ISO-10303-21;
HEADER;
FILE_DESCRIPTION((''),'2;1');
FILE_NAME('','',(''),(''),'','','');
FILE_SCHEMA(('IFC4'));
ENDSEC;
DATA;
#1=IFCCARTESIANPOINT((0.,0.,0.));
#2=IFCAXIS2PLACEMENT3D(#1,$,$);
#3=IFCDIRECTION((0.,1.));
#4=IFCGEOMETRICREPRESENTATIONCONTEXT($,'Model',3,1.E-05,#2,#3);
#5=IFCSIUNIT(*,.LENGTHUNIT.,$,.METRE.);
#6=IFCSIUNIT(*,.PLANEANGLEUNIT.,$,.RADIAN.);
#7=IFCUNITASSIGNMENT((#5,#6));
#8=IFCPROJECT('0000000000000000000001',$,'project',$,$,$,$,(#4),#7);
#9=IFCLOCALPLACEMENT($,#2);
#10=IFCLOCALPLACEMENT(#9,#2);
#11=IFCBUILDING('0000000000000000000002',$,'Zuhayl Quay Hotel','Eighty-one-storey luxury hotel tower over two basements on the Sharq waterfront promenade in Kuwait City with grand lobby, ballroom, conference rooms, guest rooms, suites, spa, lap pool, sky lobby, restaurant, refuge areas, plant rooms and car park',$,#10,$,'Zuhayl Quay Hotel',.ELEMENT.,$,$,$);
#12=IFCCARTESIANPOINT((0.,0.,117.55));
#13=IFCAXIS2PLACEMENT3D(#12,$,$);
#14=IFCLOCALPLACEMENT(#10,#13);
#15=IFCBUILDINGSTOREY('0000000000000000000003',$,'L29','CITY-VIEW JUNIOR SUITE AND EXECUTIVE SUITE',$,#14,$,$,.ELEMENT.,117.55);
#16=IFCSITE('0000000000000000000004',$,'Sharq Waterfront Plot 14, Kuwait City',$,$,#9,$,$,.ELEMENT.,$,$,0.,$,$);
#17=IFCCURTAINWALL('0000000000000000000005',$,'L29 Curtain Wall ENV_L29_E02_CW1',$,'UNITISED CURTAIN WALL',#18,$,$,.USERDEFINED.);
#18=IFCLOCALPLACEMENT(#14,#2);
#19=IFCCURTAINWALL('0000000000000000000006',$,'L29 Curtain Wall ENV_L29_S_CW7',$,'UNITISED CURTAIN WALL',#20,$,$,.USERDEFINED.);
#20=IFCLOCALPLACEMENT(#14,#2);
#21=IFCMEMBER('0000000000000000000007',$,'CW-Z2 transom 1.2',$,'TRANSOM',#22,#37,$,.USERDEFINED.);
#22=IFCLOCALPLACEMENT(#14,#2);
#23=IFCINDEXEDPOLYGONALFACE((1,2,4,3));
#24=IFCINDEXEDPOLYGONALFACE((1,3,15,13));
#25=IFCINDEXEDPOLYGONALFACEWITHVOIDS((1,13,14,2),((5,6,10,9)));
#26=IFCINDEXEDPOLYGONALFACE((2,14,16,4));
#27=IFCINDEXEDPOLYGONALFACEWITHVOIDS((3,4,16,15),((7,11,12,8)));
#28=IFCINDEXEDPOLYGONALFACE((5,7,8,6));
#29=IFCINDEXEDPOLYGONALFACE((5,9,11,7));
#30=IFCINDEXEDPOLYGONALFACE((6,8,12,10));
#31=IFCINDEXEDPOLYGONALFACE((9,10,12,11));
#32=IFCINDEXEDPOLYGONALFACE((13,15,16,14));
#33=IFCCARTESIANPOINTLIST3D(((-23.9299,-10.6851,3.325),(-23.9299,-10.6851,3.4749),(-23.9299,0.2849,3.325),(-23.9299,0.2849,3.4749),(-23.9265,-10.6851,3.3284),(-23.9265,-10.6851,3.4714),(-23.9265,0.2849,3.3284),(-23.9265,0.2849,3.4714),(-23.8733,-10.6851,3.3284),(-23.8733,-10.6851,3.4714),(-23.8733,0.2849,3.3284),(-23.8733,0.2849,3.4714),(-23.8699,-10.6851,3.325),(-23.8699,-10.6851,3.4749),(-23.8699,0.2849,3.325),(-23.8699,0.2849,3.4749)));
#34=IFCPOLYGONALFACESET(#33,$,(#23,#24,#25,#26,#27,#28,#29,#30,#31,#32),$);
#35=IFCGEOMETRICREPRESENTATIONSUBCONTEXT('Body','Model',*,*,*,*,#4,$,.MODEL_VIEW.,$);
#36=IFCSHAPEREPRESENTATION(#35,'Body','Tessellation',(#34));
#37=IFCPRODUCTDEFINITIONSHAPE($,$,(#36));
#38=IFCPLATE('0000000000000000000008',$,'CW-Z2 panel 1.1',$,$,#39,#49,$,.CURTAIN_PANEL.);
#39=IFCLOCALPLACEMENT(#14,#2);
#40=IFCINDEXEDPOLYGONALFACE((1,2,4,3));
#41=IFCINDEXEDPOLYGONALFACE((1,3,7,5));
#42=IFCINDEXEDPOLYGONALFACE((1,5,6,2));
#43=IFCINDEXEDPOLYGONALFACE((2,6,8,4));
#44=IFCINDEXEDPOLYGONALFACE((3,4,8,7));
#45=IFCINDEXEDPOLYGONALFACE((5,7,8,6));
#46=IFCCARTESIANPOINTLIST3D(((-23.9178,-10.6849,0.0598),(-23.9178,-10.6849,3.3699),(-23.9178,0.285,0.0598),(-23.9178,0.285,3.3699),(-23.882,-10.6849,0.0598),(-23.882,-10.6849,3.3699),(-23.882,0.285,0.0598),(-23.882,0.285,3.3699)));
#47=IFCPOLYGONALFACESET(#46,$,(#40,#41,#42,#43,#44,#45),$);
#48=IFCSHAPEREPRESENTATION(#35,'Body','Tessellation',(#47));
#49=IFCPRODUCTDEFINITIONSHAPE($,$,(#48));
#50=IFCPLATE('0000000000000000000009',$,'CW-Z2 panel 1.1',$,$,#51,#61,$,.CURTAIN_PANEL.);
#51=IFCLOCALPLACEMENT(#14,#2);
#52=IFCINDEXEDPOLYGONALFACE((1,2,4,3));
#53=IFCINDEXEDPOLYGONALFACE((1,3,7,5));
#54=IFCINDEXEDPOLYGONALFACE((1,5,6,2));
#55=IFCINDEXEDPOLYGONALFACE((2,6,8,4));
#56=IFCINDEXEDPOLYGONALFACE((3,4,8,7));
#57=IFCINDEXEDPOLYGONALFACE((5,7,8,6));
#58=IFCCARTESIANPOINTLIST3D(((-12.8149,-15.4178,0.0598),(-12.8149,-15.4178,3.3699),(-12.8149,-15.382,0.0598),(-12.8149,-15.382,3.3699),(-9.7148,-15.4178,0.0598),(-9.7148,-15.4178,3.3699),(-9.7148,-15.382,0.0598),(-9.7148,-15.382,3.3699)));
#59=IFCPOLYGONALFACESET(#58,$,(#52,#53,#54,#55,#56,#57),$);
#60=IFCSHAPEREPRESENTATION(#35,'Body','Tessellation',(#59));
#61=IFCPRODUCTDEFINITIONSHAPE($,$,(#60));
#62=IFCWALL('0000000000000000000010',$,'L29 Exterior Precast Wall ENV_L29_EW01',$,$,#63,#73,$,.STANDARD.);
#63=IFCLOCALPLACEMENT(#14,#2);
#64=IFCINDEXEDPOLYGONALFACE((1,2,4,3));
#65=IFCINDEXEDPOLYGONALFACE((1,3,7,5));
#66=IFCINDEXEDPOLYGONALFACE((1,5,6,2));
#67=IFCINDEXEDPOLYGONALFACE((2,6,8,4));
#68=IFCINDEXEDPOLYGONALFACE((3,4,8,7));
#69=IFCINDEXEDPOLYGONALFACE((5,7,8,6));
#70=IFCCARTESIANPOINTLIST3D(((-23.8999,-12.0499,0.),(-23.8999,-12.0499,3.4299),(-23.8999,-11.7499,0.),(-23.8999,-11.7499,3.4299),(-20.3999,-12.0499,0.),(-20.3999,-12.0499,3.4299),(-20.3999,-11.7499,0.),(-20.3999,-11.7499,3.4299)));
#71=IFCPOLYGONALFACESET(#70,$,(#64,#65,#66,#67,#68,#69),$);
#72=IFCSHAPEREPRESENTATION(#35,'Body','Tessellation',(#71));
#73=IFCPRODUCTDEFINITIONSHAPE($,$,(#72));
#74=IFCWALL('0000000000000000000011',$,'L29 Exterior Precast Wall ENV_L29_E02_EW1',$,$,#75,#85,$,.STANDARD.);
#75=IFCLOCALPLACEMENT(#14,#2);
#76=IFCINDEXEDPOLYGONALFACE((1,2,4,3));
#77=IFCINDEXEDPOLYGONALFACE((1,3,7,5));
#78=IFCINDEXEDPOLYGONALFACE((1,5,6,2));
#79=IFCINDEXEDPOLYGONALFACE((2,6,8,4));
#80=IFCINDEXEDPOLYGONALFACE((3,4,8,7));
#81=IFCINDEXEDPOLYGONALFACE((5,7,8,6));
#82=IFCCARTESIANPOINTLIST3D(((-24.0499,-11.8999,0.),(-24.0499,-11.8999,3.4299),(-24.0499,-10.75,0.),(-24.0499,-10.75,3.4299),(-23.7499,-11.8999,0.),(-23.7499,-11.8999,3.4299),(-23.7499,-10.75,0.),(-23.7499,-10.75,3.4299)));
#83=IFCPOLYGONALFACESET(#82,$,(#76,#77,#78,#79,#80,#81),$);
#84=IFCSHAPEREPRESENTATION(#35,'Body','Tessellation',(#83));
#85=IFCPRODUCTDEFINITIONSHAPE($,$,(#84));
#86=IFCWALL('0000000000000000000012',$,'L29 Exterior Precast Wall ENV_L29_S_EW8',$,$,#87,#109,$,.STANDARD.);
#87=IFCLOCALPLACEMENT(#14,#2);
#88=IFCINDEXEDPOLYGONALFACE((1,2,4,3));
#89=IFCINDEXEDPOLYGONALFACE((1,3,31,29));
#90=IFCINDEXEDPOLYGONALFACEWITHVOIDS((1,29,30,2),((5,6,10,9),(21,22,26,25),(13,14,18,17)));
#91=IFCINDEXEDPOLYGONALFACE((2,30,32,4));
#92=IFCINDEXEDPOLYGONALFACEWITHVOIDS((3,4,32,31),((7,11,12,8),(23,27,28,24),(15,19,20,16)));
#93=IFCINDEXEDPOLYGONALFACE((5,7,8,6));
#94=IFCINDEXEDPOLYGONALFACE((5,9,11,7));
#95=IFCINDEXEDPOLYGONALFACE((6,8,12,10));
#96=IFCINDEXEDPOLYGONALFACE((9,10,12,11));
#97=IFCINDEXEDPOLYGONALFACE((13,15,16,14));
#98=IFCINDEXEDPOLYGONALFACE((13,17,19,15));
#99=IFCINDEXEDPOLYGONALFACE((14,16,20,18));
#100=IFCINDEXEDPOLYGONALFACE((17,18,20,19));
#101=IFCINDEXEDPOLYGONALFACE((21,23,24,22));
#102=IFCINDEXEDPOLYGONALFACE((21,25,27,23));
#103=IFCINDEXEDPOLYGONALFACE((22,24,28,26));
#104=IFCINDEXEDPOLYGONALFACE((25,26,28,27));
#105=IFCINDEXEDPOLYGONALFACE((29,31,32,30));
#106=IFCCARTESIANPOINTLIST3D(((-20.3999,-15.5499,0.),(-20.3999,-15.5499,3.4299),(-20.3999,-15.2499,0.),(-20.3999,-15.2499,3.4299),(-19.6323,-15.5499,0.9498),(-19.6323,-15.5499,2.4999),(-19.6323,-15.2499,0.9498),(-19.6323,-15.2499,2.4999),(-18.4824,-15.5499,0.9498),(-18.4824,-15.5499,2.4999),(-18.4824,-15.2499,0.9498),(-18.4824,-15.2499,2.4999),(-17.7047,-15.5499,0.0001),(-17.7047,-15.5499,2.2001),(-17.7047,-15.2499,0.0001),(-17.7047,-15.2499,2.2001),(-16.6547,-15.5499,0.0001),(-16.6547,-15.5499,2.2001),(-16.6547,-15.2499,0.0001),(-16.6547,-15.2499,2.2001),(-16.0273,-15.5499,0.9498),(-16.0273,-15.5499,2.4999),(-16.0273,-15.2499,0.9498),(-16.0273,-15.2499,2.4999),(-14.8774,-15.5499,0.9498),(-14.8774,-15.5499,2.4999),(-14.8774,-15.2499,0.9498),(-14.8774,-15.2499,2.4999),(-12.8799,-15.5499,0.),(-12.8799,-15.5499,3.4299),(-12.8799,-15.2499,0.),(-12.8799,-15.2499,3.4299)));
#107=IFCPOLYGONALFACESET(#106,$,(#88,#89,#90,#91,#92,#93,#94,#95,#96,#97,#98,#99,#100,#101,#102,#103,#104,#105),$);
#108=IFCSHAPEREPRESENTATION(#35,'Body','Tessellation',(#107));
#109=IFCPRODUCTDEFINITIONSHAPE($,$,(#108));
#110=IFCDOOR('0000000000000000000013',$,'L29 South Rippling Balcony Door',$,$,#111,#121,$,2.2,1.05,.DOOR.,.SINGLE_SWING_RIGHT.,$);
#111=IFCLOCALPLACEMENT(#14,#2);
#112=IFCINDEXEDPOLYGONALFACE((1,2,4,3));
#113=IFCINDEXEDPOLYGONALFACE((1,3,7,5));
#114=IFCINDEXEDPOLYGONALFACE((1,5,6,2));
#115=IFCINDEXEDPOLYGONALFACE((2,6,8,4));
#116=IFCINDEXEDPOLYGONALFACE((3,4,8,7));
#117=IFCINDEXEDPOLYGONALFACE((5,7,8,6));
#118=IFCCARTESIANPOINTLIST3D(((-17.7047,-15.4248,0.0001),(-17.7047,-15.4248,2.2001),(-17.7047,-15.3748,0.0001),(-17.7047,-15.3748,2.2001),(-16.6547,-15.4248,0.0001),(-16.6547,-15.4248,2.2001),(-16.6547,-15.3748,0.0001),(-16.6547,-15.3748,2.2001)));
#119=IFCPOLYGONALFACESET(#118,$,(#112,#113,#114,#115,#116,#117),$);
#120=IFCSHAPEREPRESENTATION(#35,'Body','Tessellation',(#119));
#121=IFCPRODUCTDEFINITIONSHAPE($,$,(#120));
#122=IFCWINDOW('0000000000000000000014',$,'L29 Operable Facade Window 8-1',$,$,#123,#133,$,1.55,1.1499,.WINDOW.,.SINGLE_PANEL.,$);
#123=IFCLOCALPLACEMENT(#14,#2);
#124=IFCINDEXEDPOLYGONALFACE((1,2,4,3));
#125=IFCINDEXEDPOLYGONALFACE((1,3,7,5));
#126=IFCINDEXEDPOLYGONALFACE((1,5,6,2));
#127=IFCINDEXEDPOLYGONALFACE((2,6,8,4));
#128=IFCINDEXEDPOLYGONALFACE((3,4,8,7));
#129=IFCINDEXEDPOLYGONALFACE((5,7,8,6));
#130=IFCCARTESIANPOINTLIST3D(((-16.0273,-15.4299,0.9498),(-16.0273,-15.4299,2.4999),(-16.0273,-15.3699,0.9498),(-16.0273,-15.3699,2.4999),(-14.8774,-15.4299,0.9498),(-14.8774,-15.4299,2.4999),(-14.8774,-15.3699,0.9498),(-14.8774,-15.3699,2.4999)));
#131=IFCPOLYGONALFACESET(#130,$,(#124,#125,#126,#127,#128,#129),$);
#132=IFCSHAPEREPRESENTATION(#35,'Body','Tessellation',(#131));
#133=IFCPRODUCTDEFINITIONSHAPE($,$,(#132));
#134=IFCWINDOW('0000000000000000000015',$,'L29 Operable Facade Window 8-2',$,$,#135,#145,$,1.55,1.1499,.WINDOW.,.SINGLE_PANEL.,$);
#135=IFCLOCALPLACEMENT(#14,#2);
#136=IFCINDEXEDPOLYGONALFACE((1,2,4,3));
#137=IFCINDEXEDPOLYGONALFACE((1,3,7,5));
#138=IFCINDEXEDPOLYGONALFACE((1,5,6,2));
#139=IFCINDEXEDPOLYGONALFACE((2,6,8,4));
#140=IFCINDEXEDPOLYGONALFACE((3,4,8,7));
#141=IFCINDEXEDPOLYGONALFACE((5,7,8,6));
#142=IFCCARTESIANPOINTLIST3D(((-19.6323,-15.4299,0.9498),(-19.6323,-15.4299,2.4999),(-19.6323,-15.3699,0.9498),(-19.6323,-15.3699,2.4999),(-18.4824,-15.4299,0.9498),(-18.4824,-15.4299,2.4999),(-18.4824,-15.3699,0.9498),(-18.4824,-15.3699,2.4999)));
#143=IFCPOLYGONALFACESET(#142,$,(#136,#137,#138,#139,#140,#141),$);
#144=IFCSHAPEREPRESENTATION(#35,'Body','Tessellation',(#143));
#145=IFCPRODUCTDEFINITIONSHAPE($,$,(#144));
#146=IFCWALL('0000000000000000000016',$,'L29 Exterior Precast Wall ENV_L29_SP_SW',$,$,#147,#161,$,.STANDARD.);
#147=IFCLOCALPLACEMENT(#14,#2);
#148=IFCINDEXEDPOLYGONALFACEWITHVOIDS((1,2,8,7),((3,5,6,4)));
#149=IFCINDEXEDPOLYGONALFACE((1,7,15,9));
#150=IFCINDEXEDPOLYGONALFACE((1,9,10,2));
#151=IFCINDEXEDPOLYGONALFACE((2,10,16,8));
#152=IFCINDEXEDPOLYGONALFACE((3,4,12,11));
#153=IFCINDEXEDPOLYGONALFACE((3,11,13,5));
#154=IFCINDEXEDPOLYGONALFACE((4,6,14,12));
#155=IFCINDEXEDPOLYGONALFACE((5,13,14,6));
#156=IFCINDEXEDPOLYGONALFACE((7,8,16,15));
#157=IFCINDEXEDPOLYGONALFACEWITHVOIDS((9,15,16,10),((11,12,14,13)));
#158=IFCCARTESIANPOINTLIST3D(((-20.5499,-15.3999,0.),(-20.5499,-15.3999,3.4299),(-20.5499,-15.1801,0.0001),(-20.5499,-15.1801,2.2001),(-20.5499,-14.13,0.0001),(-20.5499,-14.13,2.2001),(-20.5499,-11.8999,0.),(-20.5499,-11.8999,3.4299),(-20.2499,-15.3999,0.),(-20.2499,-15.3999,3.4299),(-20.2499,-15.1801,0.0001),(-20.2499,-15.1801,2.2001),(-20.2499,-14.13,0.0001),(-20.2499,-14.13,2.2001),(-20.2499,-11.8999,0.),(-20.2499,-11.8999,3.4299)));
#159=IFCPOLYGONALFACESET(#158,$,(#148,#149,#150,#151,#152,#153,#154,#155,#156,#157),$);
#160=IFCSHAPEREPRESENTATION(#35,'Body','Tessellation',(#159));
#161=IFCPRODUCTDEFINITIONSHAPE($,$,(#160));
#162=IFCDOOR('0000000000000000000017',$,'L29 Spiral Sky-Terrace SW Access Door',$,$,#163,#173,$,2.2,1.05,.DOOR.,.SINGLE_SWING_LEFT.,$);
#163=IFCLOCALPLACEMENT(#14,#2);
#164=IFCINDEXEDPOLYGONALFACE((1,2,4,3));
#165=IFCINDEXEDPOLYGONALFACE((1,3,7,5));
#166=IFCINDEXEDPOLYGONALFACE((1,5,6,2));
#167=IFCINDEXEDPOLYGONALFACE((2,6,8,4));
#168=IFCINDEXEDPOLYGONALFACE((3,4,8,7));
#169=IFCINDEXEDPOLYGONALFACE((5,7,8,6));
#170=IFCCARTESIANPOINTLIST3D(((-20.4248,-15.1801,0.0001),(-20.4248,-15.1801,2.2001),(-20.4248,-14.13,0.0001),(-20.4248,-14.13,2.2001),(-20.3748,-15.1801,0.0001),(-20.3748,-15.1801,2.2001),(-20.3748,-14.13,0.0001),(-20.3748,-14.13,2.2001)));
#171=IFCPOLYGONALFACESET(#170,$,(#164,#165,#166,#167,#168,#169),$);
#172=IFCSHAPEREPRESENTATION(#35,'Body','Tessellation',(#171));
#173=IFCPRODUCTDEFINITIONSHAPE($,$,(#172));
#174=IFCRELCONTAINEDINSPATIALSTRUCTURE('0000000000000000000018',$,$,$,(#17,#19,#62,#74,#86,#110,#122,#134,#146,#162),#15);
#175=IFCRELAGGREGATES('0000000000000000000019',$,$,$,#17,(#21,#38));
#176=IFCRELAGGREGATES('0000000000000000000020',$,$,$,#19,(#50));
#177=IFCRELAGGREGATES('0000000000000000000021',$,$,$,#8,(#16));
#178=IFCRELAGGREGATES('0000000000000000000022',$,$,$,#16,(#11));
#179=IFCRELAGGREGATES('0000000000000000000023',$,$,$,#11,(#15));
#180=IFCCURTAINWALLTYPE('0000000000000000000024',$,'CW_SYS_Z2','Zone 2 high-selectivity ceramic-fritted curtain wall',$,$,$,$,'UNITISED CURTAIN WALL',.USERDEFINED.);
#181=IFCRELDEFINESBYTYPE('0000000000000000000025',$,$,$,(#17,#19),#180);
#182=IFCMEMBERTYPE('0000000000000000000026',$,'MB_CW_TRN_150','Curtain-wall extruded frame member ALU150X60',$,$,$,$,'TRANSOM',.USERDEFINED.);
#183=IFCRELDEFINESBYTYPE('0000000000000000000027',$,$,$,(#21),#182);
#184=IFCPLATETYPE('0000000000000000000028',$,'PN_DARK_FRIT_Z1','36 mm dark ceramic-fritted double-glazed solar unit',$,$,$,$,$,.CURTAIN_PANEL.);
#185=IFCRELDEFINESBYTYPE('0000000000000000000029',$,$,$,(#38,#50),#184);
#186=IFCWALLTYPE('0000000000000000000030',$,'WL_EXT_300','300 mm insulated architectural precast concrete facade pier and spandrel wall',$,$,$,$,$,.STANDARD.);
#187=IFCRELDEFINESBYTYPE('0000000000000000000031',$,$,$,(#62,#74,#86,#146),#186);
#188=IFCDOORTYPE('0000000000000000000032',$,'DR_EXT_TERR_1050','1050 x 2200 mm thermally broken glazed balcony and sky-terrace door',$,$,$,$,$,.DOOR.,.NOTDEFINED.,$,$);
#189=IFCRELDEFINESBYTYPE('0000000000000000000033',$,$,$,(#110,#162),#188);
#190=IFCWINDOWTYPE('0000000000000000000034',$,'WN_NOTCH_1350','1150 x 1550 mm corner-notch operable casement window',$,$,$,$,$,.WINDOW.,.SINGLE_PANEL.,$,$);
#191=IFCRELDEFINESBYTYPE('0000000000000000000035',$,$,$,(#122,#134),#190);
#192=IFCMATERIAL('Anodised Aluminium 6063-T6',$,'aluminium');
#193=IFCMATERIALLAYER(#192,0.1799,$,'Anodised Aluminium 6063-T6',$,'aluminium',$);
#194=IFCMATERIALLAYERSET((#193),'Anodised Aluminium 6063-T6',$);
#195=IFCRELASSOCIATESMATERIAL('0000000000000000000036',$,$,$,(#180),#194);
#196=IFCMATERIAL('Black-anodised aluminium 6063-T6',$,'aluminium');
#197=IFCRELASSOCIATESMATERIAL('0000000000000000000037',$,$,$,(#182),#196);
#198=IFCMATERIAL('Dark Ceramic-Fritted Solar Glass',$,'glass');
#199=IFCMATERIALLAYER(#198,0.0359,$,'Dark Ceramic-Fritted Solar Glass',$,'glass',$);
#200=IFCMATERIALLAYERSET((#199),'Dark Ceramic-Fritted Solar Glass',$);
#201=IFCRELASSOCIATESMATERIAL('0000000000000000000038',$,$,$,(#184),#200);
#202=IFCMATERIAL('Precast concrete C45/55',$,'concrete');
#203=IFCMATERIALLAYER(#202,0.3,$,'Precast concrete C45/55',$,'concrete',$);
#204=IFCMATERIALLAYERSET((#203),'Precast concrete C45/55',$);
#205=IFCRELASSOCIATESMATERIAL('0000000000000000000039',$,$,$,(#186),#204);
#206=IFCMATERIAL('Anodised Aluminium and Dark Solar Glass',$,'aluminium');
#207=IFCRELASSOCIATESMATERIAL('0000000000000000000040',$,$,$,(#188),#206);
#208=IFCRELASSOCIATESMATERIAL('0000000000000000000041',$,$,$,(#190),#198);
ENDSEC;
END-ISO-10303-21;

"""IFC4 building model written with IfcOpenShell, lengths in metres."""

from ifc_helpers import new_model, si_unit, direction, frame, frame_2d, origin, origin_2d, place, context, subcontext, project, spatial, rectangle, hollow_rectangle, extrude, material, layer, layer_set, material_profile, profile_set, type_object, element, fill, aggregate, save


model = new_model("IFC4")

# Units and contexts
model_context = context("Model", 3, precision=1e-05, world=origin(), true_north=direction((0.0, 1.0)))
body_context = subcontext(model_context, "Body", "Model", "MODEL_VIEW")
ifc_project = project(units=[si_unit("LENGTHUNIT", "METRE"), si_unit("PLANEANGLEUNIT", "RADIAN")], contexts=[model_context])

# Site, building, storey
site_placement = place(None, origin())
site = spatial("IfcSite", under=ifc_project, at=site_placement, Name="Sharq Waterfront Plot 14, Kuwait City", CompositionType="ELEMENT", RefElevation=0.0)
building_placement = place(site_placement, origin())
building = spatial("IfcBuilding", under=site, at=building_placement, Name="Zuhayl Quay Hotel", Description="Eighty-one-storey luxury hotel tower over two basements on the Sharq waterfront promenade in Kuwait City with grand lobby, ballroom, conference rooms, guest rooms, suites, spa, lap pool, sky lobby, restaurant, refuge areas, plant rooms and car park", LongName="Zuhayl Quay Hotel", CompositionType="ELEMENT")
storey_placement = place(building_placement, frame((0.0, 0.0, 117.55)))
storey = spatial("IfcBuildingStorey", under=building, at=storey_placement, Name="L29", Description="CITY-VIEW JUNIOR SUITE AND EXECUTIVE SUITE", CompositionType="ELEMENT", Elevation=117.55)

# Curtain walls
ifc_material_1 = material(Name="Anodised Aluminium 6063-T6", Category="aluminium")
ifc_layer_1 = layer(ifc_material_1, 0.1799, Name="Anodised Aluminium 6063-T6", Category="aluminium")
ifc_layer_set_1 = layer_set([ifc_layer_1], Name="Anodised Aluminium 6063-T6")
curtain_wall_type = type_object("IfcCurtainWallType", Name="CW_SYS_Z2", Description="Zone 2 high-selectivity ceramic-fritted curtain wall", ElementType="UNITISED CURTAIN WALL", PredefinedType="USERDEFINED", material=ifc_layer_set_1)
curtain_wall_1_placement = place(storey_placement, origin())
curtain_wall_1 = element("IfcCurtainWall", 1, at=curtain_wall_1_placement, inside=storey, type_object=curtain_wall_type, Name="L29 Curtain Wall ENV_L29_E02_CW1", ObjectType="UNITISED CURTAIN WALL", PredefinedType="USERDEFINED")
ifc_material_2 = material(Name="Black-anodised aluminium 6063-T6", Category="aluminium")
curtain_wall_2_placement = place(storey_placement, origin())
curtain_wall_2 = element("IfcCurtainWall", 2, at=curtain_wall_2_placement, inside=storey, type_object=curtain_wall_type, Name="L29 Curtain Wall ENV_L29_S_CW7", ObjectType="UNITISED CURTAIN WALL", PredefinedType="USERDEFINED")

# Member
ifc_material_profile_1 = material_profile(ifc_material_2, hollow_rectangle(XDim=0.0601, YDim=0.1499, WallThickness=0.0034, at=origin_2d()), Name="ALU150X60")
ifc_profile_set_1 = profile_set([ifc_material_profile_1], Name="Black-anodised aluminium 6063-T6")
member_type_1 = type_object("IfcMemberType", Name="MB_CW_TRN_150", Description="Curtain-wall extruded frame member ALU150X60", ElementType="TRANSOM", PredefinedType="USERDEFINED", material=ifc_profile_set_1)
member_1_placement = place(storey_placement, frame((-23.8999, -10.6851, 3.3999), z_axis=(0.0, 1.0, 0.0), x_axis=(-1.0, 0.0, 0.0)))
member_1 = element("IfcMember", 3, at=member_1_placement, type_object=member_type_1, Name="CW-Z2 transom 1.2", ObjectType="TRANSOM", PredefinedType="USERDEFINED", context=body_context, shape_type="SweptSolid", body=[
    extrude(hollow_rectangle(XDim=0.0601, YDim=0.1499, WallThickness=0.0034, at=origin_2d()), origin(), (0.0, 0.0, 1.0), 10.97),
])

# Plates
ifc_material_3 = material(Name="Dark Ceramic-Fritted Solar Glass", Category="glass")
ifc_layer_2 = layer(ifc_material_3, 0.0359, Name="Dark Ceramic-Fritted Solar Glass", Category="glass")
ifc_layer_set_2 = layer_set([ifc_layer_2], Name="Dark Ceramic-Fritted Solar Glass")
plate_type = type_object("IfcPlateType", Name="PN_DARK_FRIT_Z1", Description="36 mm dark ceramic-fritted double-glazed solar unit", PredefinedType="CURTAIN_PANEL", material=ifc_layer_set_2)
plate_1_placement = place(storey_placement, frame((-23.8999, -5.2, 0.0598), z_axis=(0.0, 0.0, 1.0), x_axis=(0.0, 1.0, 0.0)))
plate_1 = element("IfcPlate", 4, at=plate_1_placement, type_object=plate_type, Name="CW-Z2 panel 1.1", PredefinedType="CURTAIN_PANEL", context=body_context, shape_type="SweptSolid", body=[
    extrude(rectangle(XDim=10.97, YDim=0.0359, at=origin_2d()), origin(), (0.0, 0.0, 1.0), 3.3101),
])
aggregate(curtain_wall_1, [member_1, plate_1])
plate_2_placement = place(storey_placement, frame((-11.2649, -15.3999, 0.0598), z_axis=(0.0, 0.0, 1.0), x_axis=(-1.0, 0.0, 0.0)))
plate_2 = element("IfcPlate", 5, at=plate_2_placement, type_object=plate_type, Name="CW-Z2 panel 1.1", PredefinedType="CURTAIN_PANEL", context=body_context, shape_type="SweptSolid", body=[
    extrude(rectangle(XDim=3.1001, YDim=0.0359, at=origin_2d()), origin(), (0.0, 0.0, 1.0), 3.3101),
])
aggregate(curtain_wall_2, [plate_2])

# Walls
ifc_material_4 = material(Name="Precast concrete C45/55", Category="concrete")
ifc_layer_3 = layer(ifc_material_4, 0.3, Name="Precast concrete C45/55", Category="concrete")
ifc_layer_set_3 = layer_set([ifc_layer_3], Name="Precast concrete C45/55")
wall_type_1 = type_object("IfcWallType", Name="WL_EXT_300", Description="300 mm insulated architectural precast concrete facade pier and spandrel wall", PredefinedType="STANDARD", material=ifc_layer_set_3)
wall_1_placement = place(storey_placement, frame((-20.3999, -11.8999, 0.0), z_axis=(0.0, 0.0, 1.0), x_axis=(-1.0, 0.0, 0.0)))
element("IfcWall", 6, at=wall_1_placement, inside=storey, type_object=wall_type_1, Name="L29 Exterior Precast Wall ENV_L29_EW01", PredefinedType="STANDARD", context=body_context, shape_type="SweptSolid", body=[
    extrude(rectangle(XDim=3.5, YDim=0.3, at=frame_2d((1.75, 0.0))), origin(), (0.0, 0.0, 1.0), 3.4299),
])
wall_2_placement = place(storey_placement, frame((-23.8999, -11.8999, 0.0), z_axis=(0.0, 0.0, 1.0), x_axis=(0.0, 1.0, 0.0)))
element("IfcWall", 7, at=wall_2_placement, inside=storey, type_object=wall_type_1, Name="L29 Exterior Precast Wall ENV_L29_E02_EW1", PredefinedType="STANDARD", context=body_context, shape_type="SweptSolid", body=[
    extrude(rectangle(XDim=1.1499, YDim=0.3, at=frame_2d((0.575, 0.0))), origin(), (0.0, 0.0, 1.0), 3.4299),
])

# Wall, openings, door, windows
wall_3_placement = place(storey_placement, frame((-12.8799, -15.3999, 0.0), z_axis=(0.0, 0.0, 1.0), x_axis=(-1.0, 0.0, 0.0)))
wall_3 = element("IfcWall", 8, at=wall_3_placement, inside=storey, type_object=wall_type_1, Name="L29 Exterior Precast Wall ENV_L29_S_EW8", PredefinedType="STANDARD", context=body_context, shape_type="SweptSolid", body=[
    extrude(rectangle(XDim=7.52, YDim=0.3, at=frame_2d((3.76, 0.0))), origin(), (0.0, 0.0, 1.0), 3.4299),
])
opening_1_placement = place(wall_3_placement, frame((3.7749, 0.0, 0.0)))
opening_1 = element("IfcOpeningElement", 9, at=opening_1_placement, cuts=wall_3, PredefinedType="OPENING", context=body_context, shape_type="SweptSolid", body=[
    extrude(rectangle(XDim=1.05, YDim=2.2, at=frame_2d((0.5249, 1.1001))), frame((0.0, 0.1599, 0.0), z_axis=(0.0, -1.0, 0.0), x_axis=(1.0, 0.0, 0.0)), (0.0, 0.0, 1.0), 0.3201),
])
opening_2_placement = place(wall_3_placement, frame((1.9976, 0.0, 0.95)))
opening_2 = element("IfcOpeningElement", 10, at=opening_2_placement, cuts=wall_3, PredefinedType="OPENING", context=body_context, shape_type="SweptSolid", body=[
    extrude(rectangle(XDim=1.1499, YDim=1.55, at=frame_2d((0.575, 0.7749))), frame((0.0, 0.1599, 0.0), z_axis=(0.0, -1.0, 0.0), x_axis=(1.0, 0.0, 0.0)), (0.0, 0.0, 1.0), 0.3201),
])
opening_3_placement = place(wall_3_placement, frame((5.6025, 0.0, 0.95)))
opening_3 = element("IfcOpeningElement", 11, at=opening_3_placement, cuts=wall_3, PredefinedType="OPENING", context=body_context, shape_type="SweptSolid", body=[
    extrude(rectangle(XDim=1.1499, YDim=1.55, at=frame_2d((0.575, 0.7749))), frame((0.0, 0.1599, 0.0), z_axis=(0.0, -1.0, 0.0), x_axis=(1.0, 0.0, 0.0)), (0.0, 0.0, 1.0), 0.3201),
])
ifc_material_5 = material(Name="Anodised Aluminium and Dark Solar Glass", Category="aluminium")
door_type_1 = type_object("IfcDoorType", Name="DR_EXT_TERR_1050", Description="1050 x 2200 mm thermally broken glazed balcony and sky-terrace door", OperationType="NOTDEFINED", PredefinedType="DOOR", material=ifc_material_5)
door_1_placement = place(opening_1_placement, origin())
door_1 = element("IfcDoor", 12, at=door_1_placement, inside=storey, type_object=door_type_1, Name="L29 South Rippling Balcony Door", OperationType="SINGLE_SWING_RIGHT", OverallHeight=2.2, OverallWidth=1.05, PredefinedType="DOOR", context=body_context, shape_type="SweptSolid", body=[
    extrude(rectangle(XDim=1.05, YDim=2.2, at=frame_2d((0.5249, 1.1001))), frame((0.0, 0.0249, 0.0), z_axis=(0.0, -1.0, 0.0), x_axis=(1.0, 0.0, 0.0)), (0.0, 0.0, 1.0), 0.05),
])
fill(opening_1, door_1)
window_type = type_object("IfcWindowType", Name="WN_NOTCH_1350", Description="1150 x 1550 mm corner-notch operable casement window", PartitioningType="SINGLE_PANEL", PredefinedType="WINDOW", material=ifc_material_3)
window_1_placement = place(opening_2_placement, origin())
window_1 = element("IfcWindow", 13, at=window_1_placement, inside=storey, type_object=window_type, Name="L29 Operable Facade Window 8-1", OverallHeight=1.55, OverallWidth=1.1499, PartitioningType="SINGLE_PANEL", PredefinedType="WINDOW", context=body_context, shape_type="SweptSolid", body=[
    extrude(rectangle(XDim=1.1499, YDim=1.55, at=frame_2d((0.575, 0.7749))), frame((0.0, 0.03, 0.0), z_axis=(0.0, -1.0, 0.0), x_axis=(1.0, 0.0, 0.0)), (0.0, 0.0, 1.0), 0.0601),
])
fill(opening_2, window_1)
window_2_placement = place(opening_3_placement, origin())
window_2 = element("IfcWindow", 14, at=window_2_placement, inside=storey, type_object=window_type, Name="L29 Operable Facade Window 8-2", OverallHeight=1.55, OverallWidth=1.1499, PartitioningType="SINGLE_PANEL", PredefinedType="WINDOW", context=body_context, shape_type="SweptSolid", body=[
    extrude(rectangle(XDim=1.1499, YDim=1.55, at=frame_2d((0.575, 0.7749))), frame((0.0, 0.03, 0.0), z_axis=(0.0, -1.0, 0.0), x_axis=(1.0, 0.0, 0.0)), (0.0, 0.0, 1.0), 0.0601),
])
fill(opening_3, window_2)

# Wall, opening, door
wall_4_placement = place(storey_placement, frame((-20.3999, -15.3999, 0.0), z_axis=(0.0, 0.0, 1.0), x_axis=(0.0, 1.0, 0.0)))
wall_4 = element("IfcWall", 15, at=wall_4_placement, inside=storey, type_object=wall_type_1, Name="L29 Exterior Precast Wall ENV_L29_SP_SW", PredefinedType="STANDARD", context=body_context, shape_type="SweptSolid", body=[
    extrude(rectangle(XDim=3.5, YDim=0.3, at=frame_2d((1.75, 0.0))), origin(), (0.0, 0.0, 1.0), 3.4299),
])
opening_4_placement = place(wall_4_placement, frame((0.22, 0.0, 0.0)))
opening_4 = element("IfcOpeningElement", 16, at=opening_4_placement, cuts=wall_4, PredefinedType="OPENING", context=body_context, shape_type="SweptSolid", body=[
    extrude(rectangle(XDim=1.05, YDim=2.2, at=frame_2d((0.5249, 1.1001))), frame((0.0, 0.1599, 0.0), z_axis=(0.0, -1.0, 0.0), x_axis=(1.0, 0.0, 0.0)), (0.0, 0.0, 1.0), 0.3201),
])
door_2_placement = place(opening_4_placement, origin())
door_2 = element("IfcDoor", 17, at=door_2_placement, inside=storey, type_object=door_type_1, Name="L29 Spiral Sky-Terrace SW Access Door", OperationType="SINGLE_SWING_LEFT", OverallHeight=2.2, OverallWidth=1.05, PredefinedType="DOOR", context=body_context, shape_type="SweptSolid", body=[
    extrude(rectangle(XDim=1.05, YDim=2.2, at=frame_2d((0.5249, 1.1001))), frame((0.0, 0.0249, 0.0), z_axis=(0.0, -1.0, 0.0), x_axis=(1.0, 0.0, 0.0)), (0.0, 0.0, 1.0), 0.05),
])
fill(opening_4, door_2)

save(model, "model.ifc")
